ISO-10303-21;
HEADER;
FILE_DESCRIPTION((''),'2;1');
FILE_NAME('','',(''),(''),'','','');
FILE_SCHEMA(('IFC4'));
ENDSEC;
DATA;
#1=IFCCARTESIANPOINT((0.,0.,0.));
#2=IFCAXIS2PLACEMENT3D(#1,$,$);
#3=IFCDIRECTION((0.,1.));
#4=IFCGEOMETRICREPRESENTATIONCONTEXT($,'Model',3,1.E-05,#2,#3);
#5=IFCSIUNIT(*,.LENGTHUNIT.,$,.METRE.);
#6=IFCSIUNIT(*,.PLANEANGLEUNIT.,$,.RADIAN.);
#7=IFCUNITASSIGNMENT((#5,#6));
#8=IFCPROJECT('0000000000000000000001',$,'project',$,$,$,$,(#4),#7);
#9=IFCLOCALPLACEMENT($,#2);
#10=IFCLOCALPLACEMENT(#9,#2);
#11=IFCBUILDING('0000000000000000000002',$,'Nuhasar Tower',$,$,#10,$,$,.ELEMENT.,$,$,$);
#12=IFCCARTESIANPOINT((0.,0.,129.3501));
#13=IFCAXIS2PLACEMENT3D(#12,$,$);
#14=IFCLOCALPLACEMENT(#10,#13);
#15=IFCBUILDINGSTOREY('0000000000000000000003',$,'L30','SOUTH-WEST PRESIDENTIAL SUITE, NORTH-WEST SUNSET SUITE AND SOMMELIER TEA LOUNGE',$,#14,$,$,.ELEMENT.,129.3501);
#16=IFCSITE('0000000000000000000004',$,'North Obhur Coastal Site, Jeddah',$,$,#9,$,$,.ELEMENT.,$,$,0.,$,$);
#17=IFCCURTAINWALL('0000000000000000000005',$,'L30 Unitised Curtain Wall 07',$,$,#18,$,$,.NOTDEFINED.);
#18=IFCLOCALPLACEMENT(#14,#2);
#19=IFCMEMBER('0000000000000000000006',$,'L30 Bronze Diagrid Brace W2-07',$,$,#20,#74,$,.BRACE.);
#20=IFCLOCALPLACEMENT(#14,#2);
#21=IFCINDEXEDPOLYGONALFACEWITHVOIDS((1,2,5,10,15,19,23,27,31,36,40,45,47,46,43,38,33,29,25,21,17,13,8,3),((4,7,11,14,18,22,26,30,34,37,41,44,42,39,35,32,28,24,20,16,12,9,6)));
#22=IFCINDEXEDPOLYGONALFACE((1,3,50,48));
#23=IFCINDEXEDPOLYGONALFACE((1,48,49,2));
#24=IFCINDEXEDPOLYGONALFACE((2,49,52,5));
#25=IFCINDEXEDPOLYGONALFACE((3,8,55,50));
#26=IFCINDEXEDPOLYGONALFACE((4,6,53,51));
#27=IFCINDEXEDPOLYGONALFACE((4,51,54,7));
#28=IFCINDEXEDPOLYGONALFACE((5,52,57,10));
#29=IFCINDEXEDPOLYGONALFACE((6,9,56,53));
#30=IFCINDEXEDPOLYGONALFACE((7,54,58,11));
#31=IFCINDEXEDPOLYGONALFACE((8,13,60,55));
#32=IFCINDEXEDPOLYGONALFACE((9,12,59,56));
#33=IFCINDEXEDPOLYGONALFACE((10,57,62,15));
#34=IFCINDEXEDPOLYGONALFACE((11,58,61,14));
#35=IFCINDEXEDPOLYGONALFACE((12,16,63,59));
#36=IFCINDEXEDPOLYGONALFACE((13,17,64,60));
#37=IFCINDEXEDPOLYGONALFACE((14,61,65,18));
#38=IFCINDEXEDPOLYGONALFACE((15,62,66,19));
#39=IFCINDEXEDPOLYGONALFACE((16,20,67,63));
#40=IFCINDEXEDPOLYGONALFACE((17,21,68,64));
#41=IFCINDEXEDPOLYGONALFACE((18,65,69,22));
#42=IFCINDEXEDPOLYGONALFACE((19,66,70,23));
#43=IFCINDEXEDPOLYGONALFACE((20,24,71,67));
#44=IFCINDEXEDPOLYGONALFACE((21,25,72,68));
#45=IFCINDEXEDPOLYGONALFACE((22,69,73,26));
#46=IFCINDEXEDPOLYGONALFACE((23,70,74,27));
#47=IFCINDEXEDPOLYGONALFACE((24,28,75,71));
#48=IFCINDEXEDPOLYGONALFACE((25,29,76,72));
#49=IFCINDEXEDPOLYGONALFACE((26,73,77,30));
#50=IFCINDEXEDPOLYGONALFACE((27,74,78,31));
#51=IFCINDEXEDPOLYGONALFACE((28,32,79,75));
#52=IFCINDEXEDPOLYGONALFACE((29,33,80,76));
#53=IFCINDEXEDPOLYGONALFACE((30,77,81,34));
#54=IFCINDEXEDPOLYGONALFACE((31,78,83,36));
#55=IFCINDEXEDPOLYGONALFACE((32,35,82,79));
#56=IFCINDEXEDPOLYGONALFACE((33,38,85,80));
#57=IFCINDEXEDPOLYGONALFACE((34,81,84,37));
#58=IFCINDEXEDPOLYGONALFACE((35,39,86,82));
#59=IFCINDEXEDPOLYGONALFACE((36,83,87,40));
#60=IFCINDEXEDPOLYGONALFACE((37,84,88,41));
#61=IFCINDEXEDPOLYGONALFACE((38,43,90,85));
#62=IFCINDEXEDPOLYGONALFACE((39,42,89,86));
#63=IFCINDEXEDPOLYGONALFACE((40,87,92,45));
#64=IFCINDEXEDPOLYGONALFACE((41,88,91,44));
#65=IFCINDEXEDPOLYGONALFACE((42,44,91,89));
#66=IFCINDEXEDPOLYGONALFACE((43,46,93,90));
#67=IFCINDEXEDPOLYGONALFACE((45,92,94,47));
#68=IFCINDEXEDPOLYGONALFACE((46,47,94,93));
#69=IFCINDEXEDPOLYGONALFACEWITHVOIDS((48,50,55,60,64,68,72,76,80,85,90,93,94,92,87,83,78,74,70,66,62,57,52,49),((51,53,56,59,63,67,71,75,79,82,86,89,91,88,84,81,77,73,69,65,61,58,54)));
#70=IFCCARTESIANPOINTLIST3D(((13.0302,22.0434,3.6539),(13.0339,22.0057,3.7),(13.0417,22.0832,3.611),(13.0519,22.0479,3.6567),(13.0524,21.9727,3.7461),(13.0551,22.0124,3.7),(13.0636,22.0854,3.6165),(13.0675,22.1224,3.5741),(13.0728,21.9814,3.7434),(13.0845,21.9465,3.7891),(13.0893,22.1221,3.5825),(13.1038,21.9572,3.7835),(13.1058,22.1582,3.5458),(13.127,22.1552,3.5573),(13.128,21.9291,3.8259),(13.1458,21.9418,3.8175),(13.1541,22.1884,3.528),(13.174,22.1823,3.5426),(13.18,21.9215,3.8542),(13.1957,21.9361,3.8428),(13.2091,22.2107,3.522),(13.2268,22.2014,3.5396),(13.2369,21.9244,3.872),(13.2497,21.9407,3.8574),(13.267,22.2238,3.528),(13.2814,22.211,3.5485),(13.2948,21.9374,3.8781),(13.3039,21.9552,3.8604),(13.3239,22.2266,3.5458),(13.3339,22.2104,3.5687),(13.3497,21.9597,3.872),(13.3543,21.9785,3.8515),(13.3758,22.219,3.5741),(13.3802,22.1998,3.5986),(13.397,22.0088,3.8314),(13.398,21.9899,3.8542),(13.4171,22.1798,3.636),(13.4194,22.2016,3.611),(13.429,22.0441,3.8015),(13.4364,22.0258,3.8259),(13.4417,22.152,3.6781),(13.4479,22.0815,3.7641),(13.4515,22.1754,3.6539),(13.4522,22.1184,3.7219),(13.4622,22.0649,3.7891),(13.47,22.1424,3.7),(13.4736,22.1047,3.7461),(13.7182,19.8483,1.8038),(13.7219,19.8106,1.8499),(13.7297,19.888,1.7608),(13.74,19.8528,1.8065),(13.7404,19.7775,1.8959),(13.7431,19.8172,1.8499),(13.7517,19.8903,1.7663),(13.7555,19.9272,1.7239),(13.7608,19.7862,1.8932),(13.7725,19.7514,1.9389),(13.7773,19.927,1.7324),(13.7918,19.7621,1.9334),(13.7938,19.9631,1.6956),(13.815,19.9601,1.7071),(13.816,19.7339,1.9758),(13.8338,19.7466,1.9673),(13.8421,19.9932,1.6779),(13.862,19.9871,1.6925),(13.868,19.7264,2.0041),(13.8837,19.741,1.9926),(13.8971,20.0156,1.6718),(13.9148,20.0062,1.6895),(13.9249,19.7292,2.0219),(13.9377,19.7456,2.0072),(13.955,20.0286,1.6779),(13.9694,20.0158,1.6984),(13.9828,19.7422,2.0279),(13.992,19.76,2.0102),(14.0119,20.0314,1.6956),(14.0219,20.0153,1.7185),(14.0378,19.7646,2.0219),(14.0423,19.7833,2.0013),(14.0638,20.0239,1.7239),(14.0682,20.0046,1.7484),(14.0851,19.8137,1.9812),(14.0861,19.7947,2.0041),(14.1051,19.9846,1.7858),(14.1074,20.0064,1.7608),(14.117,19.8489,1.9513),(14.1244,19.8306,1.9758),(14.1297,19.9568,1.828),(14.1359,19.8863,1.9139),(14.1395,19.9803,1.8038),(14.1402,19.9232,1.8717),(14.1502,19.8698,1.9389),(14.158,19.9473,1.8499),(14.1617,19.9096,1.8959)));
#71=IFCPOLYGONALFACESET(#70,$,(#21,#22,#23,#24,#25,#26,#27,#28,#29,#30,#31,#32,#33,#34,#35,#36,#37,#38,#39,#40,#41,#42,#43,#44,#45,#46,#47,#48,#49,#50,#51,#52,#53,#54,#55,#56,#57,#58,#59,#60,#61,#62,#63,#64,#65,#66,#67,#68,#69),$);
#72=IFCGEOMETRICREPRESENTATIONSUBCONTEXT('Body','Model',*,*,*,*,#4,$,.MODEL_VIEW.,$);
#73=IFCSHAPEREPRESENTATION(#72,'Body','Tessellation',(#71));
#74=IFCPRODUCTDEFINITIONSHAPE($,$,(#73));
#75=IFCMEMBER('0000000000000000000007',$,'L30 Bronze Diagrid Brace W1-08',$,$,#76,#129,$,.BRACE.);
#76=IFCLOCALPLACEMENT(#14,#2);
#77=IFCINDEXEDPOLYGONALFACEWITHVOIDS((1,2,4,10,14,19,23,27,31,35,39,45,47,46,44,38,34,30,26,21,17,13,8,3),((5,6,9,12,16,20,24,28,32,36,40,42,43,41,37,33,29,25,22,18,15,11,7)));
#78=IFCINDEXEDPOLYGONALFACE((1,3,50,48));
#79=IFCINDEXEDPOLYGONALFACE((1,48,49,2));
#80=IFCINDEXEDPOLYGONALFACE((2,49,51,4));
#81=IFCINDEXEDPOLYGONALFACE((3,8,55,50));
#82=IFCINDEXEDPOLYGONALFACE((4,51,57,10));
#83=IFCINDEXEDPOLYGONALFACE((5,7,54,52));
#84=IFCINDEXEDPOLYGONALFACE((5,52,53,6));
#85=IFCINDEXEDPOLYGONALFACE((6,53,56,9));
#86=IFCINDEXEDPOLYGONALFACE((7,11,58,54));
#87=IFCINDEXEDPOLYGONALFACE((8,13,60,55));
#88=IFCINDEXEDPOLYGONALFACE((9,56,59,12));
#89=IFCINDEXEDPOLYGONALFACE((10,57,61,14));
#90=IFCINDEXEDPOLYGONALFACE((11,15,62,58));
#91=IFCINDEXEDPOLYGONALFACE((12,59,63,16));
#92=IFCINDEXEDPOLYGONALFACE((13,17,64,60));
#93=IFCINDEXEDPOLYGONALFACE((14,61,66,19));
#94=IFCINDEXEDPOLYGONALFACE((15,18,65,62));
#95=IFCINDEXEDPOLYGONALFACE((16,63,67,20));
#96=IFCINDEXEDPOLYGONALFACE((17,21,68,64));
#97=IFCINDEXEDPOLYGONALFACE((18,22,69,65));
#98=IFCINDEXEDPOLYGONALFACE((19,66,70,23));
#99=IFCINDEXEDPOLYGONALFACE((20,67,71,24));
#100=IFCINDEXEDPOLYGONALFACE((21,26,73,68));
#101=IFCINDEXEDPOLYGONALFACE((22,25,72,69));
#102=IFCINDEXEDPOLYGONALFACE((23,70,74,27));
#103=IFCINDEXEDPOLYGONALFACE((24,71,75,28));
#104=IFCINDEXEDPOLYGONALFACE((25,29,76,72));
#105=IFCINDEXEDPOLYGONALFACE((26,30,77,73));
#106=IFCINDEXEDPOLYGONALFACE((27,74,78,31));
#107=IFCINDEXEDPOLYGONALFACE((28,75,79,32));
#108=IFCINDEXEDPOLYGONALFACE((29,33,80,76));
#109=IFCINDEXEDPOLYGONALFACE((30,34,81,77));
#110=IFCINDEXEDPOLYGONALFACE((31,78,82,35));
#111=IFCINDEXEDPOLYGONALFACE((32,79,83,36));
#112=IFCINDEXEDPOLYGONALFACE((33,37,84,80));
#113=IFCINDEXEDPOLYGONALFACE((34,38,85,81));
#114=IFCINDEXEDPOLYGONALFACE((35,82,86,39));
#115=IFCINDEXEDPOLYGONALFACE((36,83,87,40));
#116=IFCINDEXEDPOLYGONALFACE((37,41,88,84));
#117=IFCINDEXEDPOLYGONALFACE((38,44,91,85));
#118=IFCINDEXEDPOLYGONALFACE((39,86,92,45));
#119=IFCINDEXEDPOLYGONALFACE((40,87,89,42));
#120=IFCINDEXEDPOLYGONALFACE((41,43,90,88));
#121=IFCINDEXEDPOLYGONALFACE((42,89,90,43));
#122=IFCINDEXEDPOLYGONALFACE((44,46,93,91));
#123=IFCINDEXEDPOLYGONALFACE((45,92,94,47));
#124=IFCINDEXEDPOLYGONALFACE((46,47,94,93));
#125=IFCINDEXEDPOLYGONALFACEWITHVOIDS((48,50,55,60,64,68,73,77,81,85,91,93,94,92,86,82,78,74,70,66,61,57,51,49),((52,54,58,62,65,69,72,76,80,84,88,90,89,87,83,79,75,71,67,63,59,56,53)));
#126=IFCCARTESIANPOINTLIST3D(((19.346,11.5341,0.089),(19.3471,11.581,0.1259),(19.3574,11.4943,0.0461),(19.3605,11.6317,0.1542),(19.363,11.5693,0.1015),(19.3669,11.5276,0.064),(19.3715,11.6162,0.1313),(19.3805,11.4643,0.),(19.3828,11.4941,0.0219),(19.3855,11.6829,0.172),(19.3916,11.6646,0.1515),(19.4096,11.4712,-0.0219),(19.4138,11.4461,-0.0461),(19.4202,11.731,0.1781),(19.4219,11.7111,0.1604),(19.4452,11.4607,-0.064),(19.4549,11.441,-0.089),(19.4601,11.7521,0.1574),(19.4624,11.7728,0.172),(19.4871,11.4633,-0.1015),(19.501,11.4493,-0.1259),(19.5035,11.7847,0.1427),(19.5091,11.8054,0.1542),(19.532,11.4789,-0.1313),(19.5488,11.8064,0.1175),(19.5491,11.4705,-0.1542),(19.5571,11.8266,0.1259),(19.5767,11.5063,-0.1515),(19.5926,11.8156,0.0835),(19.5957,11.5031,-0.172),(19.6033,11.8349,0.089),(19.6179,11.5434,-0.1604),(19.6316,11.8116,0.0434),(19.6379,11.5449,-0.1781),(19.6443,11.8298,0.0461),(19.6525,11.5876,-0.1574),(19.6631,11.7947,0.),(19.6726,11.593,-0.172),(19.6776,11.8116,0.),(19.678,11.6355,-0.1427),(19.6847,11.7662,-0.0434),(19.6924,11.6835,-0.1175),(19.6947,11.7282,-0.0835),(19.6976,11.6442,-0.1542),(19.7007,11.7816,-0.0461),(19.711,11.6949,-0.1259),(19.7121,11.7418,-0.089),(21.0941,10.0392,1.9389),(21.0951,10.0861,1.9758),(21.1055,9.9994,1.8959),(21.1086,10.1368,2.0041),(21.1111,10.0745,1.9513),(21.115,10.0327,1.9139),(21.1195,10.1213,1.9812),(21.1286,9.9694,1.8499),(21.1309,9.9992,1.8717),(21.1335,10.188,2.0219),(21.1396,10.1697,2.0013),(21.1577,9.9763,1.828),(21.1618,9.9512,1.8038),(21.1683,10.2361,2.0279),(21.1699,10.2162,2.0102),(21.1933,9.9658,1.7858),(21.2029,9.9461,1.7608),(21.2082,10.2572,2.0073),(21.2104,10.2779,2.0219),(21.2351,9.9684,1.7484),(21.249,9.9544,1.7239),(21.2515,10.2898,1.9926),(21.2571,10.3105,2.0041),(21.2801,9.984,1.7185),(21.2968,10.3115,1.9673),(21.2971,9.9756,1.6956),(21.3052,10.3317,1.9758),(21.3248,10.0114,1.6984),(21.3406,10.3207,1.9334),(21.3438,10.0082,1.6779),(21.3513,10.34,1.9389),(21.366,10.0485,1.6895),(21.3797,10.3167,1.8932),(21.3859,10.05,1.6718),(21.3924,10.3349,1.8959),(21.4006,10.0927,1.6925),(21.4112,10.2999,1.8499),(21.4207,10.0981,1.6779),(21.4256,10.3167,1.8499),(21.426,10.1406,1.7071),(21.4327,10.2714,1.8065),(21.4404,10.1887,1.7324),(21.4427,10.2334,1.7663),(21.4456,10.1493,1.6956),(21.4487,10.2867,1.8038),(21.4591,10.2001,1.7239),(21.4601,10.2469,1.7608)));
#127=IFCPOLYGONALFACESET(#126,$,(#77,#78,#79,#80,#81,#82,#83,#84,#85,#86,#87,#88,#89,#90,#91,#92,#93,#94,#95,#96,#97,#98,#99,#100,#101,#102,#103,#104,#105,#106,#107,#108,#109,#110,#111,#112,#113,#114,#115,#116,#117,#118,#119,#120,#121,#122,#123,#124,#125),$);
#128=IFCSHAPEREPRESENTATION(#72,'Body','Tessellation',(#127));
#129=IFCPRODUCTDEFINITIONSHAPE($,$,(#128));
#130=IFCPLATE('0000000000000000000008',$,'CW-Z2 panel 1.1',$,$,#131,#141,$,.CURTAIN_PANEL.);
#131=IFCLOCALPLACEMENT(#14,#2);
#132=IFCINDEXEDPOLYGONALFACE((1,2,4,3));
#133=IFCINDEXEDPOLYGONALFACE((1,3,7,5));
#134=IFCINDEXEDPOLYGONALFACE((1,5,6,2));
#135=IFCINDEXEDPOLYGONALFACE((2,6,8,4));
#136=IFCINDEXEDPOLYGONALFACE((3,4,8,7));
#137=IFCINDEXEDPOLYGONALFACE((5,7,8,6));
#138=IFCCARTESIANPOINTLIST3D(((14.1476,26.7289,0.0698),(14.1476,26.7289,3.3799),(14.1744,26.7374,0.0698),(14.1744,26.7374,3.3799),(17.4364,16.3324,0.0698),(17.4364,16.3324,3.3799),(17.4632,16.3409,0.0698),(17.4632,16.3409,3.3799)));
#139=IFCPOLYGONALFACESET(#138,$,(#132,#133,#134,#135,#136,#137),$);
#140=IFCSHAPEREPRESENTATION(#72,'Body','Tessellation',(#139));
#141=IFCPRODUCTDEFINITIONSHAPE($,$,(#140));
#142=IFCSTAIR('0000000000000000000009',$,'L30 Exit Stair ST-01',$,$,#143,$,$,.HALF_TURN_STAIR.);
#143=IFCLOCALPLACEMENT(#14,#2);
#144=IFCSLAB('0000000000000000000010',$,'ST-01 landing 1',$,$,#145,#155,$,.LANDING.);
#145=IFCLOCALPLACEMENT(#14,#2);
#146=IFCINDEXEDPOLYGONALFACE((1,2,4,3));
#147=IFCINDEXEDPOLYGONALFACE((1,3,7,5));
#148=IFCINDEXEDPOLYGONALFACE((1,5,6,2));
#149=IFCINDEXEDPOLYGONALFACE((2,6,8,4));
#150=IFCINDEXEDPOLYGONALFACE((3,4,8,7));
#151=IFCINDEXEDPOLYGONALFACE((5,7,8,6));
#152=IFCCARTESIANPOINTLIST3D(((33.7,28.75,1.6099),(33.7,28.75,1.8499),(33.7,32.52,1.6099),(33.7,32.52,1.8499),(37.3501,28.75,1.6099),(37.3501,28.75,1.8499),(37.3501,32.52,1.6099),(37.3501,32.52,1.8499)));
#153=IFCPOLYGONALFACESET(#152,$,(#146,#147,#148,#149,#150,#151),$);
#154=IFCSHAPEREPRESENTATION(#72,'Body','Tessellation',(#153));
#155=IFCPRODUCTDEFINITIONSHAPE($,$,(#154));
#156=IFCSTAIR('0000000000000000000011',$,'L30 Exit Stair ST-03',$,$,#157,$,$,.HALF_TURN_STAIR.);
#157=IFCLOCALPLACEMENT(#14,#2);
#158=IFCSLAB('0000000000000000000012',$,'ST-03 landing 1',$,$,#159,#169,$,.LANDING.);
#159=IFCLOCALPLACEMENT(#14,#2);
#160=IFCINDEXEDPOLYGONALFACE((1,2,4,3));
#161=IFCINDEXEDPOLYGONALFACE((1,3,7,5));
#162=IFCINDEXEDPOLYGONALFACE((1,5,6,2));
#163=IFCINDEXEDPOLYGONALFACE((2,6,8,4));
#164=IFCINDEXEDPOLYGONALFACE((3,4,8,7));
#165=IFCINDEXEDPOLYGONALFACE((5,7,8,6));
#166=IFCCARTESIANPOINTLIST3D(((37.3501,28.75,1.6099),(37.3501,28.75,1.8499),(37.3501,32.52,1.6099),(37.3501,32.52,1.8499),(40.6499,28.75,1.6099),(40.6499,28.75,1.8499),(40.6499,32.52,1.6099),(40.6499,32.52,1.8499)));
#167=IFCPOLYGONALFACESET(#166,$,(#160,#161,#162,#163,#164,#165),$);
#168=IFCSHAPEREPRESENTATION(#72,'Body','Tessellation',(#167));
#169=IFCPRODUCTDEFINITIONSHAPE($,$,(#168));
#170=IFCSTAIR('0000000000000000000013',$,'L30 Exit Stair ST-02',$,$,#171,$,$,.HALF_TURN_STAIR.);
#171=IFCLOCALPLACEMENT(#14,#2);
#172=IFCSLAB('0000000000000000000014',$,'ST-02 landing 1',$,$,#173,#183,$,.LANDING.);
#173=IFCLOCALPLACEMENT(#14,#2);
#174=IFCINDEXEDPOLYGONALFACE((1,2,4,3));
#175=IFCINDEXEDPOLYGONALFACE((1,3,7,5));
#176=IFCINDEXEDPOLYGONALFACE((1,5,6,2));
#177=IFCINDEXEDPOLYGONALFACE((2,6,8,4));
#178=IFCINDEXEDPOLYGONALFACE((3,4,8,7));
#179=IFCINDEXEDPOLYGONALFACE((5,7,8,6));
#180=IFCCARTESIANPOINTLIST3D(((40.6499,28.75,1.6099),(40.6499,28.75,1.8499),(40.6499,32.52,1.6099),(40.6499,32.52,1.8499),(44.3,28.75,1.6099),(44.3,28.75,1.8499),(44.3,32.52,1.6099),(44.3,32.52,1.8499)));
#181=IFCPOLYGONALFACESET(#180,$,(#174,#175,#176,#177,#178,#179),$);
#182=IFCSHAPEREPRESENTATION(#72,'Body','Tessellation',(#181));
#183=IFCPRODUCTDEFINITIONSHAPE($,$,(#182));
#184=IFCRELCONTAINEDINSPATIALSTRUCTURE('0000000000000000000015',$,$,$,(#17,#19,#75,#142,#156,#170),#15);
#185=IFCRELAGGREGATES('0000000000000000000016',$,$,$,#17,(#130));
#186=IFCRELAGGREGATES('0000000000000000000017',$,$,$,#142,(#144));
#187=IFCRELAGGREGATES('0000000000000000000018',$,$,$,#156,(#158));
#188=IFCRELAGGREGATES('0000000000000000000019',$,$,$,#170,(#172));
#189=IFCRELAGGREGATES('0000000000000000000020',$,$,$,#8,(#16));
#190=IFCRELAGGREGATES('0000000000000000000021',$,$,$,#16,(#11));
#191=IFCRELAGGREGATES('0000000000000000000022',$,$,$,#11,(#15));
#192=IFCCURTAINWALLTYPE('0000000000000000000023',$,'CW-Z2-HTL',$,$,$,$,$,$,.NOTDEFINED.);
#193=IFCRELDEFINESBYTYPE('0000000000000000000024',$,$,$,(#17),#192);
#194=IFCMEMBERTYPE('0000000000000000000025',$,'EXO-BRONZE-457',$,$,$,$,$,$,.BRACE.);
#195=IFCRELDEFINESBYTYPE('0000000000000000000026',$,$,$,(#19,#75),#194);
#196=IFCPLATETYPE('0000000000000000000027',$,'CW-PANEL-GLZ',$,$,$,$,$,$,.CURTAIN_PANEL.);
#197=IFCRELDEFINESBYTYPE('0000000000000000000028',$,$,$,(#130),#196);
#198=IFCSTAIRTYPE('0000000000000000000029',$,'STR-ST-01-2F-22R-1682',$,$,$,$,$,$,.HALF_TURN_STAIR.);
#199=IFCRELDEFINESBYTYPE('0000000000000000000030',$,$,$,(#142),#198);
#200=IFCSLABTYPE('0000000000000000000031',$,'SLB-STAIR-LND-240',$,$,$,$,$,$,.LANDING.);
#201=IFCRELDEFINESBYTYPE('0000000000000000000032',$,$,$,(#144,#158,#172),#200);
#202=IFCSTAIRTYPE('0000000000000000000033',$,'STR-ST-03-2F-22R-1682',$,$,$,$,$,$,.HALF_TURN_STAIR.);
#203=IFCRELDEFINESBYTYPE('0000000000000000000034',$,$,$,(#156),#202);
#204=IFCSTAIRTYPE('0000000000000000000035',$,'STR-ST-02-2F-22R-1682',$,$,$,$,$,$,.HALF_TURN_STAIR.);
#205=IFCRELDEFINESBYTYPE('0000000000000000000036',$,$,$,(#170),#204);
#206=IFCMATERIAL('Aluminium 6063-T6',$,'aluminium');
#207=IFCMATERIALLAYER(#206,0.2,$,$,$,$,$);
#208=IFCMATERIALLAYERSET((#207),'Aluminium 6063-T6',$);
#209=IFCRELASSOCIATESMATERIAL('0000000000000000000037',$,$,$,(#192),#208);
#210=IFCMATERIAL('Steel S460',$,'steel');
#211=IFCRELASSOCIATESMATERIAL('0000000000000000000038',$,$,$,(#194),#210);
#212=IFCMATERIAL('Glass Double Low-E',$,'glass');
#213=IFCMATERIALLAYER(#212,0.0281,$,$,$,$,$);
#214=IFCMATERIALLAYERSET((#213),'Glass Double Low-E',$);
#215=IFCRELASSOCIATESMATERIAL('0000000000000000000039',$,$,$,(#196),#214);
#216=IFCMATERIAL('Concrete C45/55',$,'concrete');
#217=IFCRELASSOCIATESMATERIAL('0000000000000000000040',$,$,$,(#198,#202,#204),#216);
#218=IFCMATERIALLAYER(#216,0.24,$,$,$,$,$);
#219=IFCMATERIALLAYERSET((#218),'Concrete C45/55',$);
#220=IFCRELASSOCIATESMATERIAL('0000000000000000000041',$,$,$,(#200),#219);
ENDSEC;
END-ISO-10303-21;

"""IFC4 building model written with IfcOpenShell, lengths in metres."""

from ifc_helpers import new_model, si_unit, direction, frame, origin, origin_2d, place, context, subcontext, project, spatial, polyline, rectangle, hollow_circle, outline, extrude, material, layer, layer_set, material_profile, profile_set, type_object, element, aggregate, save


model = new_model("IFC4")

# Units and contexts
model_context = context("Model", 3, precision=1e-05, world=origin(), true_north=direction((0.0, 1.0)))
body_context = subcontext(model_context, "Body", "Model", "MODEL_VIEW")
ifc_project = project(units=[si_unit("LENGTHUNIT", "METRE"), si_unit("PLANEANGLEUNIT", "RADIAN")], contexts=[model_context])

# Site, building, storey
site_placement = place(None, origin())
site = spatial("IfcSite", under=ifc_project, at=site_placement, Name="North Obhur Coastal Site, Jeddah", CompositionType="ELEMENT", RefElevation=0.0)
building_placement = place(site_placement, origin())
building = spatial("IfcBuilding", under=site, at=building_placement, Name="Nuhasar Tower", CompositionType="ELEMENT")
storey_placement = place(building_placement, frame((0.0, 0.0, 129.3501)))
storey = spatial("IfcBuildingStorey", under=building, at=storey_placement, Name="L30", Description="SOUTH-WEST PRESIDENTIAL SUITE, NORTH-WEST SUNSET SUITE AND SOMMELIER TEA LOUNGE", CompositionType="ELEMENT", Elevation=129.3501)

# Curtain wall
ifc_material_1 = material(Name="Aluminium 6063-T6", Category="aluminium")
ifc_layer_1 = layer(ifc_material_1, 0.2)
ifc_layer_set_1 = layer_set([ifc_layer_1], Name="Aluminium 6063-T6")
curtain_wall_type = type_object("IfcCurtainWallType", Name="CW-Z2-HTL", PredefinedType="NOTDEFINED", material=ifc_layer_set_1)
curtain_wall_1_placement = place(storey_placement, origin())
curtain_wall_1 = element("IfcCurtainWall", 1, at=curtain_wall_1_placement, inside=storey, type_object=curtain_wall_type, Name="L30 Unitised Curtain Wall 07", PredefinedType="NOTDEFINED")

# Members
ifc_material_2 = material(Name="Steel S460", Category="steel")
ifc_material_profile_1 = material_profile(ifc_material_2, hollow_circle(Radius=0.2285, WallThickness=0.0222, at=origin_2d()), Name="HSS457X22.2")
ifc_profile_set_1 = profile_set([ifc_material_profile_1], Name="Steel S460")
member_type_1 = type_object("IfcMemberType", Name="EXO-BRONZE-457", PredefinedType="BRACE", material=ifc_profile_set_1)
member_1_placement = place(storey_placement, frame((13.9399, 19.8789, 1.8499), z_axis=(-0.233056, 0.743578, 0.626719), x_axis=(-0.954228, -0.299079, 0.0)))
element("IfcMember", 2, at=member_1_placement, inside=storey, type_object=member_type_1, Name="L30 Bronze Diagrid Brace W2-07", PredefinedType="BRACE", context=body_context, shape_type="SweptSolid", body=[
    extrude(hollow_circle(Radius=0.2285, WallThickness=0.0222, at=origin_2d()), origin(), (0.0, 0.0, 1.0), 2.9521),
])
member_2_placement = place(storey_placement, frame((19.5291, 11.6379, 0.0), z_axis=(0.592226, -0.506452, 0.626717), x_axis=(0.649926, 0.759998, 0.0)))
element("IfcMember", 3, at=member_2_placement, inside=storey, type_object=member_type_1, Name="L30 Bronze Diagrid Brace W1-08", PredefinedType="BRACE", context=body_context, shape_type="SweptSolid", body=[
    extrude(hollow_circle(Radius=0.2285, WallThickness=0.0222, at=origin_2d()), origin(), (0.0, 0.0, 1.0), 2.9517),
])

# Plate
ifc_material_3 = material(Name="Glass Double Low-E", Category="glass")
ifc_layer_2 = layer(ifc_material_3, 0.0281)
ifc_layer_set_2 = layer_set([ifc_layer_2], Name="Glass Double Low-E")
plate_type = type_object("IfcPlateType", Name="CW-PANEL-GLZ", PredefinedType="CURTAIN_PANEL", material=ifc_layer_set_2)
plate_placement = place(storey_placement, frame((15.8054, 21.5349, 0.0698), z_axis=(0.0, 0.0, 1.0), x_axis=(0.301604, -0.953433, 0.0)))
plate = element("IfcPlate", 4, at=plate_placement, type_object=plate_type, Name="CW-Z2 panel 1.1", PredefinedType="CURTAIN_PANEL", context=body_context, shape_type="SweptSolid", body=[
    extrude(rectangle(XDim=10.9043, YDim=0.0281, at=origin_2d()), origin(), (0.0, 0.0, 1.0), 3.3101),
])
aggregate(curtain_wall_1, [plate])

# Stairs, slabs
ifc_material_4 = material(Name="Concrete C45/55", Category="concrete")
stair_type_1 = type_object("IfcStairType", Name="STR-ST-01-2F-22R-1682", PredefinedType="HALF_TURN_STAIR", material=ifc_material_4)
stair_1_placement = place(storey_placement, origin())
stair_1 = element("IfcStair", 5, at=stair_1_placement, inside=storey, type_object=stair_type_1, Name="L30 Exit Stair ST-01", PredefinedType="HALF_TURN_STAIR")
ifc_layer_3 = layer(ifc_material_4, 0.24)
ifc_layer_set_3 = layer_set([ifc_layer_3], Name="Concrete C45/55")
slab_type_1 = type_object("IfcSlabType", Name="SLB-STAIR-LND-240", PredefinedType="LANDING", material=ifc_layer_set_3)
slab_1_placement = place(storey_placement, frame((0.0, 0.0, 1.6099)))
slab_1 = element("IfcSlab", 6, at=slab_1_placement, type_object=slab_type_1, Name="ST-01 landing 1", PredefinedType="LANDING", context=body_context, shape_type="SweptSolid", body=[
    extrude(outline(polyline([(33.7, 28.75), (37.3501, 28.75), (37.3501, 32.52), (33.7, 32.52), (33.7, 28.75)])), origin(), (0.0, 0.0, 1.0), 0.24),
])
aggregate(stair_1, [slab_1])
stair_type_2 = type_object("IfcStairType", Name="STR-ST-03-2F-22R-1682", PredefinedType="HALF_TURN_STAIR", material=ifc_material_4)
stair_2_placement = place(storey_placement, origin())
stair_2 = element("IfcStair", 7, at=stair_2_placement, inside=storey, type_object=stair_type_2, Name="L30 Exit Stair ST-03", PredefinedType="HALF_TURN_STAIR")
slab_2_placement = place(storey_placement, frame((0.0, 0.0, 1.6099)))
slab_2 = element("IfcSlab", 8, at=slab_2_placement, type_object=slab_type_1, Name="ST-03 landing 1", PredefinedType="LANDING", context=body_context, shape_type="SweptSolid", body=[
    extrude(outline(polyline([(37.3501, 28.75), (40.6499, 28.75), (40.6499, 32.52), (37.3501, 32.52), (37.3501, 28.75)])), origin(), (0.0, 0.0, 1.0), 0.24),
])
aggregate(stair_2, [slab_2])
stair_type_3 = type_object("IfcStairType", Name="STR-ST-02-2F-22R-1682", PredefinedType="HALF_TURN_STAIR", material=ifc_material_4)
stair_3_placement = place(storey_placement, origin())
stair_3 = element("IfcStair", 9, at=stair_3_placement, inside=storey, type_object=stair_type_3, Name="L30 Exit Stair ST-02", PredefinedType="HALF_TURN_STAIR")
slab_3_placement = place(storey_placement, frame((0.0, 0.0, 1.6099)))
slab_3 = element("IfcSlab", 10, at=slab_3_placement, type_object=slab_type_1, Name="ST-02 landing 1", PredefinedType="LANDING", context=body_context, shape_type="SweptSolid", body=[
    extrude(outline(polyline([(40.6499, 28.75), (44.3, 28.75), (44.3, 32.52), (40.6499, 32.52), (40.6499, 28.75)])), origin(), (0.0, 0.0, 1.0), 0.24),
])
aggregate(stair_3, [slab_3])

save(model, "model.ifc")
